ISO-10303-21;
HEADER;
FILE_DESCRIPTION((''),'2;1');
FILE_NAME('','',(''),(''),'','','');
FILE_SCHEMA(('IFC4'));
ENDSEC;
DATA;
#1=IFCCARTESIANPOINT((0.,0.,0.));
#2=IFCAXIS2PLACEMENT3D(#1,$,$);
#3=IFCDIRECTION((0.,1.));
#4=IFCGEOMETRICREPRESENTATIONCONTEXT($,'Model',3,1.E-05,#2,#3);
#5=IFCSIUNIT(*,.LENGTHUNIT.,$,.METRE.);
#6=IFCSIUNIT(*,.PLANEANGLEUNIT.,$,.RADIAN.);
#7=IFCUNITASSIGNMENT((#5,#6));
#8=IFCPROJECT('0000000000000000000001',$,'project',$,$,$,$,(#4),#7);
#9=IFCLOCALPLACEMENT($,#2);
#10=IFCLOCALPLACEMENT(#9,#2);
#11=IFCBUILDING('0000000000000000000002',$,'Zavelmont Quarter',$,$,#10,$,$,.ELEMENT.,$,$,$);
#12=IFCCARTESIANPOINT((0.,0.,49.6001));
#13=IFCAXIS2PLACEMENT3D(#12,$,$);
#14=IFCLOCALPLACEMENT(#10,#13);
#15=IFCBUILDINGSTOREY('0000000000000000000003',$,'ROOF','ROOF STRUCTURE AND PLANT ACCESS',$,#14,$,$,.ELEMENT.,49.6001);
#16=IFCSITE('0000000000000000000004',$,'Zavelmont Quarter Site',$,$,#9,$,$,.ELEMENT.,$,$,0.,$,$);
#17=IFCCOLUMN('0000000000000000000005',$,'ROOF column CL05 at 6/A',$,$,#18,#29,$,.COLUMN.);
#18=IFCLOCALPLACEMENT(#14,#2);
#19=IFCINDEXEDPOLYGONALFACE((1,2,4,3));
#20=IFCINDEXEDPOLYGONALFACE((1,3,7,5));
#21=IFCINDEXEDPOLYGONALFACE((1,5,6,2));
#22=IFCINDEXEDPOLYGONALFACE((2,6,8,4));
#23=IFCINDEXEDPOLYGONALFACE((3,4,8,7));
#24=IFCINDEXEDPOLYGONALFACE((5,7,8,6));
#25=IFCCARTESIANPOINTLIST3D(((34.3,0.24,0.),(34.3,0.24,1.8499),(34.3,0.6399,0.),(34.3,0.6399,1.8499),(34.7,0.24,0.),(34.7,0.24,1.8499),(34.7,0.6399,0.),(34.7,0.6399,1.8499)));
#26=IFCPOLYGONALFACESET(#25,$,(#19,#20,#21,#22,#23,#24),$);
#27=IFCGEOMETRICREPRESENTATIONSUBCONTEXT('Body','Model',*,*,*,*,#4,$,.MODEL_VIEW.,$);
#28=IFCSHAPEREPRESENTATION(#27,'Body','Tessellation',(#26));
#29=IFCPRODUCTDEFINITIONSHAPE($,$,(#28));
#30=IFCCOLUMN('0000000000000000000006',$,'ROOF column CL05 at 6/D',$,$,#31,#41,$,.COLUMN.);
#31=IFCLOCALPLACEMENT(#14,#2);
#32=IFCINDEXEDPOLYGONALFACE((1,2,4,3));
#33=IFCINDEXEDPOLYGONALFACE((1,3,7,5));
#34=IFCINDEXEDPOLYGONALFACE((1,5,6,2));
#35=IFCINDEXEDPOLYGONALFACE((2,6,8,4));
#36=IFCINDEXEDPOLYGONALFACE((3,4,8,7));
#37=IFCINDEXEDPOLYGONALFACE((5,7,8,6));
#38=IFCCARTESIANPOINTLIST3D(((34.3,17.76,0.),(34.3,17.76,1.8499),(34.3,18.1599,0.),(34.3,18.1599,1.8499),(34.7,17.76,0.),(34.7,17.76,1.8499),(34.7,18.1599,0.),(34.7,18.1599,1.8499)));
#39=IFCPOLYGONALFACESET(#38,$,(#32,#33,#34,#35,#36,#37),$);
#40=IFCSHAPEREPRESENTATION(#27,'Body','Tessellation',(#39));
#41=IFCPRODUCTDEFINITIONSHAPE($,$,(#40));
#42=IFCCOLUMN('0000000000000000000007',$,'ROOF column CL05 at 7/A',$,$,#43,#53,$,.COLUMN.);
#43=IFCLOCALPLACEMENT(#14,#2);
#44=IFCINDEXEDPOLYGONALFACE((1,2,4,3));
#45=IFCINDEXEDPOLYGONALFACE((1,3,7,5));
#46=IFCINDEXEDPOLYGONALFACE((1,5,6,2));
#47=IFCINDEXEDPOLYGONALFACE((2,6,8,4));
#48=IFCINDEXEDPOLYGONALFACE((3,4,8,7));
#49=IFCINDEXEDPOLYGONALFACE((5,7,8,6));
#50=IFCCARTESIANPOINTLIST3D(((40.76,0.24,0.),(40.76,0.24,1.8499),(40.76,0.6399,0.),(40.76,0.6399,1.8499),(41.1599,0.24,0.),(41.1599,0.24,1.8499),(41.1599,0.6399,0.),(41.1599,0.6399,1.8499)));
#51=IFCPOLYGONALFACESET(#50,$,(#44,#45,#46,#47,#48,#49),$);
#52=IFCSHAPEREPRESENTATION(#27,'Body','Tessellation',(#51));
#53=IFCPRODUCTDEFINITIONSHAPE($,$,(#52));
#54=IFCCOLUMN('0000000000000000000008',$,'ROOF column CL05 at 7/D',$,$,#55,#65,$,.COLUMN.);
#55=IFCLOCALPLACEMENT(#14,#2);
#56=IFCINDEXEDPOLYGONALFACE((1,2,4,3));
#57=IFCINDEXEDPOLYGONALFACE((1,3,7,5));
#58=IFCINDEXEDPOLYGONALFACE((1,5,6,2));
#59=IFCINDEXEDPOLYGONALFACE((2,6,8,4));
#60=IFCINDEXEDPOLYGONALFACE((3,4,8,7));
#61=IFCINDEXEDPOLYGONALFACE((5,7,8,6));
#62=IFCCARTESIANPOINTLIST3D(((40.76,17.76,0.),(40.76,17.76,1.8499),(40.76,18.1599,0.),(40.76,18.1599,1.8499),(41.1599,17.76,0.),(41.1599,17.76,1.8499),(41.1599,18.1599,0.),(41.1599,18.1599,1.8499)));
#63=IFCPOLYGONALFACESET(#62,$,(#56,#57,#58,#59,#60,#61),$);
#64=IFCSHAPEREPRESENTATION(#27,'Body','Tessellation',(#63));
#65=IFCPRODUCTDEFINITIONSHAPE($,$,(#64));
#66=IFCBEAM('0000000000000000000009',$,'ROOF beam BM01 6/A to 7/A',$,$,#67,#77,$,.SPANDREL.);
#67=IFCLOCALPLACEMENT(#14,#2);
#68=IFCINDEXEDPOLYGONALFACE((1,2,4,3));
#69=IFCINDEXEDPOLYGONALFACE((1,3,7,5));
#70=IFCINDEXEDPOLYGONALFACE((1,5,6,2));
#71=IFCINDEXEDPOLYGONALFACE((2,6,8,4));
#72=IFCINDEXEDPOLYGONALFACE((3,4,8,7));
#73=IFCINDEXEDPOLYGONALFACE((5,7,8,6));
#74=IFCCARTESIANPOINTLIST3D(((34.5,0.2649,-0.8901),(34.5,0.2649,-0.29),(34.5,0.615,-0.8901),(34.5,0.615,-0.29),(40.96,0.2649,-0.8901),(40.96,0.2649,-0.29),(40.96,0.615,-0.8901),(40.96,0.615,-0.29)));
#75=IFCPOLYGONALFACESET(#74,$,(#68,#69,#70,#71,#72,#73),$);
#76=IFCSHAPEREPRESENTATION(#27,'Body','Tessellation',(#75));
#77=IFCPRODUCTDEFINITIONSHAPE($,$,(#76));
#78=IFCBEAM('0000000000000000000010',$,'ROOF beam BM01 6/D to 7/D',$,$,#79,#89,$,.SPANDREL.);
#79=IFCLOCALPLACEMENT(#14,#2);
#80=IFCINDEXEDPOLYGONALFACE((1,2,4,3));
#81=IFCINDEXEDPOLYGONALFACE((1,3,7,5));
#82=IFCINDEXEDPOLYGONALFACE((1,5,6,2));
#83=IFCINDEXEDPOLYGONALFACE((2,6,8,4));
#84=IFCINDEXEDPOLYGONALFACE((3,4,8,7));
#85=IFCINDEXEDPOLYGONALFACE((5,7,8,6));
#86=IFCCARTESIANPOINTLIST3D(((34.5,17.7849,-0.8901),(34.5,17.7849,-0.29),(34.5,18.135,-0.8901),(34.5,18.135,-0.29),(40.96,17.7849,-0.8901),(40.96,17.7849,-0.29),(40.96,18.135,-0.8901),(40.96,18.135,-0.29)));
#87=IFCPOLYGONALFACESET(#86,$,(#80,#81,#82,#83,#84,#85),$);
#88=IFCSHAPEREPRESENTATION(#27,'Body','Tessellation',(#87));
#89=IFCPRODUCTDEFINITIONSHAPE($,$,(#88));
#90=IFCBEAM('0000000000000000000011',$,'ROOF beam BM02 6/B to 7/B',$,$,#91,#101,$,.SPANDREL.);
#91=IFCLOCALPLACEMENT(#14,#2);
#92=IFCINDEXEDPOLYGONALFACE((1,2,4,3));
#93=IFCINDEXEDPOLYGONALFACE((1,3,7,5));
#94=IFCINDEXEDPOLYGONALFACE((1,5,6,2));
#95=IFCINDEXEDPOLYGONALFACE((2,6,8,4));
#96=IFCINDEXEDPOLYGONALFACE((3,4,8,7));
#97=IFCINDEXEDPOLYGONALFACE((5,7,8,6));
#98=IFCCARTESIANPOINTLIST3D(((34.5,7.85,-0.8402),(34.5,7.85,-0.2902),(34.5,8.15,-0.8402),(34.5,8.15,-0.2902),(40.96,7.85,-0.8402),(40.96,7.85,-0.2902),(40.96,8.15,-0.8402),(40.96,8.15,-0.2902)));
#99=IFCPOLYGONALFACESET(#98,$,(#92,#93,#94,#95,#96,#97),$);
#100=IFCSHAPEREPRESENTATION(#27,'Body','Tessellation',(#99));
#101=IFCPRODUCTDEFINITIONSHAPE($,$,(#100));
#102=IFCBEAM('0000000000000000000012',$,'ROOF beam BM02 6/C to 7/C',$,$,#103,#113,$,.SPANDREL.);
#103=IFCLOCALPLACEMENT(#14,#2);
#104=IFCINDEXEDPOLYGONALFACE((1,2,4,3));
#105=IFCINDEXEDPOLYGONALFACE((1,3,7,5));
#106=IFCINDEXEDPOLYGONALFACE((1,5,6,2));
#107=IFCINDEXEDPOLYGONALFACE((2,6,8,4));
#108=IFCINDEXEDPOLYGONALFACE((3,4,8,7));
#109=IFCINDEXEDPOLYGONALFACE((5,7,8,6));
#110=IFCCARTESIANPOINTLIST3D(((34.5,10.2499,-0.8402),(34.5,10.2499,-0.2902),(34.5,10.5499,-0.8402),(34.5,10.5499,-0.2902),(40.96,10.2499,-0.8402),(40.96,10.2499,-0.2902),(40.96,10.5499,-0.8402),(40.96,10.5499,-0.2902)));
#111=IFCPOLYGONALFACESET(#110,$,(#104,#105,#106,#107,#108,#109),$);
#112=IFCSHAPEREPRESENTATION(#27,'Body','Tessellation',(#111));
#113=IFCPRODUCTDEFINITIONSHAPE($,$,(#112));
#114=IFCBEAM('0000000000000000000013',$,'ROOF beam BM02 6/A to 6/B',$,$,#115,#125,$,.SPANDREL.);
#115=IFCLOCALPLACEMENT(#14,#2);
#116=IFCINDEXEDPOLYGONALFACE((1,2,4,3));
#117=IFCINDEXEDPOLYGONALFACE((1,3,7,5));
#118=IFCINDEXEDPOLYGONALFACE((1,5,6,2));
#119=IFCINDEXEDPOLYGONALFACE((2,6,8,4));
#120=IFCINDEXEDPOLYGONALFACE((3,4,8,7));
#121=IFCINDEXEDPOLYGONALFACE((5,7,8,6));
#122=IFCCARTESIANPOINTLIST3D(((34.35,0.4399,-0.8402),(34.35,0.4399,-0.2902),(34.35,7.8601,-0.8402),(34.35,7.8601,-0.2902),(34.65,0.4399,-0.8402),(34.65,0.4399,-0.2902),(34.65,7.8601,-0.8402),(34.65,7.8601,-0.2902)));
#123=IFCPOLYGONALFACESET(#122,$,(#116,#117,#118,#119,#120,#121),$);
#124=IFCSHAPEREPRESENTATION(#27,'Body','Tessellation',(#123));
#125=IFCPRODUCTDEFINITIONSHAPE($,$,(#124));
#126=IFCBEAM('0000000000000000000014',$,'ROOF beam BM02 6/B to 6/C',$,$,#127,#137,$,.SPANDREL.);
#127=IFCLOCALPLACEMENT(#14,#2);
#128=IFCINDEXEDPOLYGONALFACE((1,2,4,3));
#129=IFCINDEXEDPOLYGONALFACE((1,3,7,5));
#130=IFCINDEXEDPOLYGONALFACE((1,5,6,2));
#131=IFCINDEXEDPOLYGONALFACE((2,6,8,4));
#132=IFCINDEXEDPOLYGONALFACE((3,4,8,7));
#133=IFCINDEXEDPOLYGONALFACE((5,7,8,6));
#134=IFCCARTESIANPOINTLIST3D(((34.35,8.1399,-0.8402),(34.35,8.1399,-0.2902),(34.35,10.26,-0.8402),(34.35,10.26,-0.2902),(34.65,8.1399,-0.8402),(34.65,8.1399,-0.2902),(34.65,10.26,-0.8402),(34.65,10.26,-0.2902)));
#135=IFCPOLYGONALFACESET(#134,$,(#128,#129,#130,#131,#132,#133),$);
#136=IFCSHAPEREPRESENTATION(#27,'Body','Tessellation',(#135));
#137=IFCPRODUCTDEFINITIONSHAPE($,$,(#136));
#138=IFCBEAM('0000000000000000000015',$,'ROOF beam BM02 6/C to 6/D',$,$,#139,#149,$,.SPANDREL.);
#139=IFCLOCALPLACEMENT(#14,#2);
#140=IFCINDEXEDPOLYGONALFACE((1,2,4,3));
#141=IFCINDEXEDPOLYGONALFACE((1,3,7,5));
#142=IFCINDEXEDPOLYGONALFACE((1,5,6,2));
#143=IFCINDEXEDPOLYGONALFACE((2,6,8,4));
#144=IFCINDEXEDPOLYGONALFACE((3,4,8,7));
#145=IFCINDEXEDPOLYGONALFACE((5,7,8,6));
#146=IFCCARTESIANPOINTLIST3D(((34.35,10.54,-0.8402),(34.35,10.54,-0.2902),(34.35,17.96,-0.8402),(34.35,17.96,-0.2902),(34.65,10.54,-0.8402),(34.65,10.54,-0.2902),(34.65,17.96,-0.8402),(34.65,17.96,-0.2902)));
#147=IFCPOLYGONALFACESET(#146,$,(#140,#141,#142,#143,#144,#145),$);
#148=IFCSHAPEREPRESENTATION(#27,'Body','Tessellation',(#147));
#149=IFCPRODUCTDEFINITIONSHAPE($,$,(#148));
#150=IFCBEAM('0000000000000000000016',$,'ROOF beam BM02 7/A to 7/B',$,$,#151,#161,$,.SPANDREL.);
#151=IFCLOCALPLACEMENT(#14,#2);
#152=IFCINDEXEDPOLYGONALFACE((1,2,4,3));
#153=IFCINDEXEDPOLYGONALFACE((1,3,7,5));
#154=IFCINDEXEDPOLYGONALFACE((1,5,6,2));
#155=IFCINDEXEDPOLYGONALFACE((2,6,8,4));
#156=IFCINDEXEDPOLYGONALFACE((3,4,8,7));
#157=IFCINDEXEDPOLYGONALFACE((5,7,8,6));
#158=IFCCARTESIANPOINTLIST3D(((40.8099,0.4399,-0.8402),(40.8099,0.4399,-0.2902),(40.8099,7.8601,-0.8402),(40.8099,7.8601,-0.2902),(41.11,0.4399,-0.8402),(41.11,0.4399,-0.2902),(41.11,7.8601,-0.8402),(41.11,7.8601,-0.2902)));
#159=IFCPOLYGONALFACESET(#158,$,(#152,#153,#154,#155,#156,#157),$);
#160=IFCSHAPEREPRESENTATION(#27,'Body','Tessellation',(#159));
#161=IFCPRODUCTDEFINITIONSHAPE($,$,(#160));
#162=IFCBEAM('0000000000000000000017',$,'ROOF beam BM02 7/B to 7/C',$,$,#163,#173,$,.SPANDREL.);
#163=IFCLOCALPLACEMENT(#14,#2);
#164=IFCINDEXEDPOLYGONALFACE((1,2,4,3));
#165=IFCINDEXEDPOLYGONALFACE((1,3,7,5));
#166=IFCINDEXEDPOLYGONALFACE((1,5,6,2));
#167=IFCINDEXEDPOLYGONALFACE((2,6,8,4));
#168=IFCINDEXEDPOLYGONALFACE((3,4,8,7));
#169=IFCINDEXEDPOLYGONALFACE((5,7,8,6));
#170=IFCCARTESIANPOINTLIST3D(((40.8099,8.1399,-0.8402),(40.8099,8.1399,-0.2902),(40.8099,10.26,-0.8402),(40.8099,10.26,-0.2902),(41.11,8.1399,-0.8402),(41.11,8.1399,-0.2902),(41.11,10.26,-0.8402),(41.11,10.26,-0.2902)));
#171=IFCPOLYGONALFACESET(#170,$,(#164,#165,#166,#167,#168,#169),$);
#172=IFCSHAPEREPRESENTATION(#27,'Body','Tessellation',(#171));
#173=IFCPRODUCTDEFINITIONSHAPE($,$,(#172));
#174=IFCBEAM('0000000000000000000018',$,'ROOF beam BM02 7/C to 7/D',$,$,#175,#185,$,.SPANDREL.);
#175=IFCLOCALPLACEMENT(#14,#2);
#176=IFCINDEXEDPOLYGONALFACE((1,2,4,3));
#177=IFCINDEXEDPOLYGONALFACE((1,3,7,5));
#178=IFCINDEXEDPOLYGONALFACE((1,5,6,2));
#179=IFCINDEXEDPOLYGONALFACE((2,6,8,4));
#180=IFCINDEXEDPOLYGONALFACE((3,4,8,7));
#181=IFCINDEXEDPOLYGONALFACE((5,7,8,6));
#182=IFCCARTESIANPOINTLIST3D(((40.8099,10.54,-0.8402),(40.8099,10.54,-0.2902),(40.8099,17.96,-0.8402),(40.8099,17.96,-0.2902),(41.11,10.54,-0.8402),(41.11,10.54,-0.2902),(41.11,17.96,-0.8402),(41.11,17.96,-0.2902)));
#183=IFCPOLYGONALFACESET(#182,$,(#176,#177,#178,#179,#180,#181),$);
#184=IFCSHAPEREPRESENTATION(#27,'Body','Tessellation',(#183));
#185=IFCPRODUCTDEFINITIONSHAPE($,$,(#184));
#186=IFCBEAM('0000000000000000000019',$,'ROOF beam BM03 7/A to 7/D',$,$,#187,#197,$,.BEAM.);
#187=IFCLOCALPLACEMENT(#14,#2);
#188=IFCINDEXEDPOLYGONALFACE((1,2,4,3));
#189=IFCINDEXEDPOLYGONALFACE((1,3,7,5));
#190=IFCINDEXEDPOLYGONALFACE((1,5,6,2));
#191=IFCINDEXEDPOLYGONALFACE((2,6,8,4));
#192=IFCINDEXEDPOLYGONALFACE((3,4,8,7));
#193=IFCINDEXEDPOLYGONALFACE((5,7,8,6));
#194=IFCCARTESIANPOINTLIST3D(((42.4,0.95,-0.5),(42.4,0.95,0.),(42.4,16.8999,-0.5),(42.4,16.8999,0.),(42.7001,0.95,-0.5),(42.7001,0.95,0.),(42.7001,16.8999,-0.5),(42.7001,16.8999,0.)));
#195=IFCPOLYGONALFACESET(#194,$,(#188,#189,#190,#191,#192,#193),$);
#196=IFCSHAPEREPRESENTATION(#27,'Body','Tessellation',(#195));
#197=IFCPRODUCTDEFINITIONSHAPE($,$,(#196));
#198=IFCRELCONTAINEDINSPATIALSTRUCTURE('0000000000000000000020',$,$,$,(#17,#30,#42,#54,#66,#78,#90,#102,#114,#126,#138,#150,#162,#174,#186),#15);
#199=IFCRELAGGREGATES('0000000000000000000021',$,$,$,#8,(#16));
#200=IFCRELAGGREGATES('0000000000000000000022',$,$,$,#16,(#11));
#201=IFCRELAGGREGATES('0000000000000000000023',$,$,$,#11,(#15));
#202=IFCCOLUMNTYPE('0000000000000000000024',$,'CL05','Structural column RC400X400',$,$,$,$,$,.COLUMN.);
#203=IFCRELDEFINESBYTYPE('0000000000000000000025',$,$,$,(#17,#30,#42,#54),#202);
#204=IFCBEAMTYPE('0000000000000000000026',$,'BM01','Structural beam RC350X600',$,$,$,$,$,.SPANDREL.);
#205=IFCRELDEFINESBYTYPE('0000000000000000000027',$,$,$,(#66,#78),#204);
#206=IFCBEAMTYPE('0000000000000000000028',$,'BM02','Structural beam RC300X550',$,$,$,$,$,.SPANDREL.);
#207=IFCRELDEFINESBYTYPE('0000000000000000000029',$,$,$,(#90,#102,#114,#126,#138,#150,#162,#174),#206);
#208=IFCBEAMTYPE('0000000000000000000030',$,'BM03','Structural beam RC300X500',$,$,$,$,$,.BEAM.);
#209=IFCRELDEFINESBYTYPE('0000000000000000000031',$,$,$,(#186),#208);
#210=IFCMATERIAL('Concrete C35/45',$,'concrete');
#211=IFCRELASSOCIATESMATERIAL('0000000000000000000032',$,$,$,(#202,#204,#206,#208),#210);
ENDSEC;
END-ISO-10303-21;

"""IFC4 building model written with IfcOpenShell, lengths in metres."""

from ifc_helpers import new_model, si_unit, direction, frame, origin, origin_2d, place, context, subcontext, project, spatial, rectangle, extrude, material, material_profile, profile_set, type_object, element, save


model = new_model("IFC4")

# Units and contexts
model_context = context("Model", 3, precision=1e-05, world=origin(), true_north=direction((0.0, 1.0)))
body_context = subcontext(model_context, "Body", "Model", "MODEL_VIEW")
ifc_project = project(units=[si_unit("LENGTHUNIT", "METRE"), si_unit("PLANEANGLEUNIT", "RADIAN")], contexts=[model_context])

# Site, building, storey
site_placement = place(None, origin())
site = spatial("IfcSite", under=ifc_project, at=site_placement, Name="Zavelmont Quarter Site", CompositionType="ELEMENT", RefElevation=0.0)
building_placement = place(site_placement, origin())
building = spatial("IfcBuilding", under=site, at=building_placement, Name="Zavelmont Quarter", CompositionType="ELEMENT")
storey_placement = place(building_placement, frame((0.0, 0.0, 49.6001)))
storey = spatial("IfcBuildingStorey", under=building, at=storey_placement, Name="ROOF", Description="ROOF STRUCTURE AND PLANT ACCESS", CompositionType="ELEMENT", Elevation=49.6001)

# Columns
ifc_material_1 = material(Name="Concrete C35/45", Category="concrete")
ifc_material_profile_1 = material_profile(ifc_material_1, rectangle(XDim=0.3999, YDim=0.3999, at=origin_2d()), Name="RC400X400")
ifc_profile_set_1 = profile_set([ifc_material_profile_1], Name="Concrete C35/45")
column_type = type_object("IfcColumnType", Name="CL05", Description="Structural column RC400X400", PredefinedType="COLUMN", material=ifc_profile_set_1)
for number, where, z_axis, x_axis, name in (
    (1, (34.5, 0.4399, 0.0), (0.0, 0.0, 1.0), (1.0, 0.0, 0.0), "ROOF column CL05 at 6/A"),
    (2, (34.5, 17.96, 0.0), (0.0, 0.0, 1.0), (1.0, 0.0, 0.0), "ROOF column CL05 at 6/D"),
    (3, (40.96, 0.4399, 0.0), (0.0, 0.0, 1.0), (1.0, 0.0, 0.0), "ROOF column CL05 at 7/A"),
    (4, (40.96, 17.96, 0.0), (0.0, 0.0, 1.0), (1.0, 0.0, 0.0), "ROOF column CL05 at 7/D"),
):
    element("IfcColumn", number, at=place(storey_placement, frame(where, z_axis=z_axis, x_axis=x_axis)), inside=storey, type_object=column_type, Name=name, PredefinedType="COLUMN", context=body_context, shape_type="SweptSolid", body=[
        extrude(rectangle(XDim=0.3999, YDim=0.3999, at=origin_2d()), origin(), (0.0, 0.0, 1.0), 1.8499),
    ])

# Beams
ifc_material_profile_2 = material_profile(ifc_material_1, rectangle(XDim=0.3501, YDim=0.6001, at=origin_2d()), Name="RC350X600")
ifc_profile_set_2 = profile_set([ifc_material_profile_2], Name="Concrete C35/45")
beam_type_1 = type_object("IfcBeamType", Name="BM01", Description="Structural beam RC350X600", PredefinedType="SPANDREL", material=ifc_profile_set_2)
for number, where, z_axis, x_axis, name in (
    (5, (34.5, 0.4399, -0.5901), (1.0, 0.0, 0.0), (0.0, 1.0, 0.0), "ROOF beam BM01 6/A to 7/A"),
    (6, (34.5, 17.96, -0.5901), (1.0, 0.0, 0.0), (0.0, 1.0, 0.0), "ROOF beam BM01 6/D to 7/D"),
):
    element("IfcBeam", number, at=place(storey_placement, frame(where, z_axis=z_axis, x_axis=x_axis)), inside=storey, type_object=beam_type_1, Name=name, PredefinedType="SPANDREL", context=body_context, shape_type="SweptSolid", body=[
        extrude(rectangle(XDim=0.3501, YDim=0.6001, at=origin_2d()), origin(), (0.0, 0.0, 1.0), 6.46),
    ])
ifc_material_profile_3 = material_profile(ifc_material_1, rectangle(XDim=0.3, YDim=0.55, at=origin_2d()), Name="RC300X550")
ifc_profile_set_3 = profile_set([ifc_material_profile_3], Name="Concrete C35/45")
beam_type_2 = type_object("IfcBeamType", Name="BM02", Description="Structural beam RC300X550", PredefinedType="SPANDREL", material=ifc_profile_set_3)
for number, where, z_axis, x_axis, name in (
    (7, (34.5, 8.0, -0.5652), (1.0, 0.0, 0.0), (0.0, 1.0, 0.0), "ROOF beam BM02 6/B to 7/B"),
    (8, (34.5, 10.3999, -0.5652), (1.0, 0.0, 0.0), (0.0, 1.0, 0.0), "ROOF beam BM02 6/C to 7/C"),
):
    element("IfcBeam", number, at=place(storey_placement, frame(where, z_axis=z_axis, x_axis=x_axis)), inside=storey, type_object=beam_type_2, Name=name, PredefinedType="SPANDREL", context=body_context, shape_type="SweptSolid", body=[
        extrude(rectangle(XDim=0.3, YDim=0.55, at=origin_2d()), origin(), (0.0, 0.0, 1.0), 6.46),
    ])
beam_1_placement = place(storey_placement, frame((34.5, 0.4399, -0.5652), z_axis=(0.0, 1.0, 0.0), x_axis=(-1.0, 0.0, 0.0)))
element("IfcBeam", 9, at=beam_1_placement, inside=storey, type_object=beam_type_2, Name="ROOF beam BM02 6/A to 6/B", PredefinedType="SPANDREL", context=body_context, shape_type="SweptSolid", body=[
    extrude(rectangle(XDim=0.3, YDim=0.55, at=origin_2d()), origin(), (0.0, 0.0, 1.0), 7.4202),
])
beam_2_placement = place(storey_placement, frame((34.5, 8.1399, -0.5652), z_axis=(0.0, 1.0, 0.0), x_axis=(-1.0, 0.0, 0.0)))
element("IfcBeam", 10, at=beam_2_placement, inside=storey, type_object=beam_type_2, Name="ROOF beam BM02 6/B to 6/C", PredefinedType="SPANDREL", context=body_context, shape_type="SweptSolid", body=[
    extrude(rectangle(XDim=0.3, YDim=0.55, at=origin_2d()), origin(), (0.0, 0.0, 1.0), 2.1201),
])
beam_3_placement = place(storey_placement, frame((34.5, 10.54, -0.5652), z_axis=(0.0, 1.0, 0.0), x_axis=(-1.0, 0.0, 0.0)))
element("IfcBeam", 11, at=beam_3_placement, inside=storey, type_object=beam_type_2, Name="ROOF beam BM02 6/C to 6/D", PredefinedType="SPANDREL", context=body_context, shape_type="SweptSolid", body=[
    extrude(rectangle(XDim=0.3, YDim=0.55, at=origin_2d()), origin(), (0.0, 0.0, 1.0), 7.4199),
])
beam_4_placement = place(storey_placement, frame((40.96, 0.4399, -0.5652), z_axis=(0.0, 1.0, 0.0), x_axis=(-1.0, 0.0, 0.0)))
element("IfcBeam", 12, at=beam_4_placement, inside=storey, type_object=beam_type_2, Name="ROOF beam BM02 7/A to 7/B", PredefinedType="SPANDREL", context=body_context, shape_type="SweptSolid", body=[
    extrude(rectangle(XDim=0.3, YDim=0.55, at=origin_2d()), origin(), (0.0, 0.0, 1.0), 7.4202),
])
beam_5_placement = place(storey_placement, frame((40.96, 8.1399, -0.5652), z_axis=(0.0, 1.0, 0.0), x_axis=(-1.0, 0.0, 0.0)))
element("IfcBeam", 13, at=beam_5_placement, inside=storey, type_object=beam_type_2, Name="ROOF beam BM02 7/B to 7/C", PredefinedType="SPANDREL", context=body_context, shape_type="SweptSolid", body=[
    extrude(rectangle(XDim=0.3, YDim=0.55, at=origin_2d()), origin(), (0.0, 0.0, 1.0), 2.1201),
])
beam_6_placement = place(storey_placement, frame((40.96, 10.54, -0.5652), z_axis=(0.0, 1.0, 0.0), x_axis=(-1.0, 0.0, 0.0)))
element("IfcBeam", 14, at=beam_6_placement, inside=storey, type_object=beam_type_2, Name="ROOF beam BM02 7/C to 7/D", PredefinedType="SPANDREL", context=body_context, shape_type="SweptSolid", body=[
    extrude(rectangle(XDim=0.3, YDim=0.55, at=origin_2d()), origin(), (0.0, 0.0, 1.0), 7.4199),
])
ifc_material_profile_4 = material_profile(ifc_material_1, rectangle(XDim=0.3, YDim=0.5, at=origin_2d()), Name="RC300X500")
ifc_profile_set_4 = profile_set([ifc_material_profile_4], Name="Concrete C35/45")
beam_type_3 = type_object("IfcBeamType", Name="BM03", Description="Structural beam RC300X500", PredefinedType="BEAM", material=ifc_profile_set_4)
beam_7_placement = place(storey_placement, frame((42.55, 0.95, -0.25), z_axis=(0.0, 1.0, 0.0), x_axis=(-1.0, 0.0, 0.0)))
element("IfcBeam", 15, at=beam_7_placement, inside=storey, type_object=beam_type_3, Name="ROOF beam BM03 7/A to 7/D", PredefinedType="BEAM", context=body_context, shape_type="SweptSolid", body=[
    extrude(rectangle(XDim=0.3, YDim=0.5, at=origin_2d()), origin(), (0.0, 0.0, 1.0), 15.95),
])

save(model, "model.ifc")
